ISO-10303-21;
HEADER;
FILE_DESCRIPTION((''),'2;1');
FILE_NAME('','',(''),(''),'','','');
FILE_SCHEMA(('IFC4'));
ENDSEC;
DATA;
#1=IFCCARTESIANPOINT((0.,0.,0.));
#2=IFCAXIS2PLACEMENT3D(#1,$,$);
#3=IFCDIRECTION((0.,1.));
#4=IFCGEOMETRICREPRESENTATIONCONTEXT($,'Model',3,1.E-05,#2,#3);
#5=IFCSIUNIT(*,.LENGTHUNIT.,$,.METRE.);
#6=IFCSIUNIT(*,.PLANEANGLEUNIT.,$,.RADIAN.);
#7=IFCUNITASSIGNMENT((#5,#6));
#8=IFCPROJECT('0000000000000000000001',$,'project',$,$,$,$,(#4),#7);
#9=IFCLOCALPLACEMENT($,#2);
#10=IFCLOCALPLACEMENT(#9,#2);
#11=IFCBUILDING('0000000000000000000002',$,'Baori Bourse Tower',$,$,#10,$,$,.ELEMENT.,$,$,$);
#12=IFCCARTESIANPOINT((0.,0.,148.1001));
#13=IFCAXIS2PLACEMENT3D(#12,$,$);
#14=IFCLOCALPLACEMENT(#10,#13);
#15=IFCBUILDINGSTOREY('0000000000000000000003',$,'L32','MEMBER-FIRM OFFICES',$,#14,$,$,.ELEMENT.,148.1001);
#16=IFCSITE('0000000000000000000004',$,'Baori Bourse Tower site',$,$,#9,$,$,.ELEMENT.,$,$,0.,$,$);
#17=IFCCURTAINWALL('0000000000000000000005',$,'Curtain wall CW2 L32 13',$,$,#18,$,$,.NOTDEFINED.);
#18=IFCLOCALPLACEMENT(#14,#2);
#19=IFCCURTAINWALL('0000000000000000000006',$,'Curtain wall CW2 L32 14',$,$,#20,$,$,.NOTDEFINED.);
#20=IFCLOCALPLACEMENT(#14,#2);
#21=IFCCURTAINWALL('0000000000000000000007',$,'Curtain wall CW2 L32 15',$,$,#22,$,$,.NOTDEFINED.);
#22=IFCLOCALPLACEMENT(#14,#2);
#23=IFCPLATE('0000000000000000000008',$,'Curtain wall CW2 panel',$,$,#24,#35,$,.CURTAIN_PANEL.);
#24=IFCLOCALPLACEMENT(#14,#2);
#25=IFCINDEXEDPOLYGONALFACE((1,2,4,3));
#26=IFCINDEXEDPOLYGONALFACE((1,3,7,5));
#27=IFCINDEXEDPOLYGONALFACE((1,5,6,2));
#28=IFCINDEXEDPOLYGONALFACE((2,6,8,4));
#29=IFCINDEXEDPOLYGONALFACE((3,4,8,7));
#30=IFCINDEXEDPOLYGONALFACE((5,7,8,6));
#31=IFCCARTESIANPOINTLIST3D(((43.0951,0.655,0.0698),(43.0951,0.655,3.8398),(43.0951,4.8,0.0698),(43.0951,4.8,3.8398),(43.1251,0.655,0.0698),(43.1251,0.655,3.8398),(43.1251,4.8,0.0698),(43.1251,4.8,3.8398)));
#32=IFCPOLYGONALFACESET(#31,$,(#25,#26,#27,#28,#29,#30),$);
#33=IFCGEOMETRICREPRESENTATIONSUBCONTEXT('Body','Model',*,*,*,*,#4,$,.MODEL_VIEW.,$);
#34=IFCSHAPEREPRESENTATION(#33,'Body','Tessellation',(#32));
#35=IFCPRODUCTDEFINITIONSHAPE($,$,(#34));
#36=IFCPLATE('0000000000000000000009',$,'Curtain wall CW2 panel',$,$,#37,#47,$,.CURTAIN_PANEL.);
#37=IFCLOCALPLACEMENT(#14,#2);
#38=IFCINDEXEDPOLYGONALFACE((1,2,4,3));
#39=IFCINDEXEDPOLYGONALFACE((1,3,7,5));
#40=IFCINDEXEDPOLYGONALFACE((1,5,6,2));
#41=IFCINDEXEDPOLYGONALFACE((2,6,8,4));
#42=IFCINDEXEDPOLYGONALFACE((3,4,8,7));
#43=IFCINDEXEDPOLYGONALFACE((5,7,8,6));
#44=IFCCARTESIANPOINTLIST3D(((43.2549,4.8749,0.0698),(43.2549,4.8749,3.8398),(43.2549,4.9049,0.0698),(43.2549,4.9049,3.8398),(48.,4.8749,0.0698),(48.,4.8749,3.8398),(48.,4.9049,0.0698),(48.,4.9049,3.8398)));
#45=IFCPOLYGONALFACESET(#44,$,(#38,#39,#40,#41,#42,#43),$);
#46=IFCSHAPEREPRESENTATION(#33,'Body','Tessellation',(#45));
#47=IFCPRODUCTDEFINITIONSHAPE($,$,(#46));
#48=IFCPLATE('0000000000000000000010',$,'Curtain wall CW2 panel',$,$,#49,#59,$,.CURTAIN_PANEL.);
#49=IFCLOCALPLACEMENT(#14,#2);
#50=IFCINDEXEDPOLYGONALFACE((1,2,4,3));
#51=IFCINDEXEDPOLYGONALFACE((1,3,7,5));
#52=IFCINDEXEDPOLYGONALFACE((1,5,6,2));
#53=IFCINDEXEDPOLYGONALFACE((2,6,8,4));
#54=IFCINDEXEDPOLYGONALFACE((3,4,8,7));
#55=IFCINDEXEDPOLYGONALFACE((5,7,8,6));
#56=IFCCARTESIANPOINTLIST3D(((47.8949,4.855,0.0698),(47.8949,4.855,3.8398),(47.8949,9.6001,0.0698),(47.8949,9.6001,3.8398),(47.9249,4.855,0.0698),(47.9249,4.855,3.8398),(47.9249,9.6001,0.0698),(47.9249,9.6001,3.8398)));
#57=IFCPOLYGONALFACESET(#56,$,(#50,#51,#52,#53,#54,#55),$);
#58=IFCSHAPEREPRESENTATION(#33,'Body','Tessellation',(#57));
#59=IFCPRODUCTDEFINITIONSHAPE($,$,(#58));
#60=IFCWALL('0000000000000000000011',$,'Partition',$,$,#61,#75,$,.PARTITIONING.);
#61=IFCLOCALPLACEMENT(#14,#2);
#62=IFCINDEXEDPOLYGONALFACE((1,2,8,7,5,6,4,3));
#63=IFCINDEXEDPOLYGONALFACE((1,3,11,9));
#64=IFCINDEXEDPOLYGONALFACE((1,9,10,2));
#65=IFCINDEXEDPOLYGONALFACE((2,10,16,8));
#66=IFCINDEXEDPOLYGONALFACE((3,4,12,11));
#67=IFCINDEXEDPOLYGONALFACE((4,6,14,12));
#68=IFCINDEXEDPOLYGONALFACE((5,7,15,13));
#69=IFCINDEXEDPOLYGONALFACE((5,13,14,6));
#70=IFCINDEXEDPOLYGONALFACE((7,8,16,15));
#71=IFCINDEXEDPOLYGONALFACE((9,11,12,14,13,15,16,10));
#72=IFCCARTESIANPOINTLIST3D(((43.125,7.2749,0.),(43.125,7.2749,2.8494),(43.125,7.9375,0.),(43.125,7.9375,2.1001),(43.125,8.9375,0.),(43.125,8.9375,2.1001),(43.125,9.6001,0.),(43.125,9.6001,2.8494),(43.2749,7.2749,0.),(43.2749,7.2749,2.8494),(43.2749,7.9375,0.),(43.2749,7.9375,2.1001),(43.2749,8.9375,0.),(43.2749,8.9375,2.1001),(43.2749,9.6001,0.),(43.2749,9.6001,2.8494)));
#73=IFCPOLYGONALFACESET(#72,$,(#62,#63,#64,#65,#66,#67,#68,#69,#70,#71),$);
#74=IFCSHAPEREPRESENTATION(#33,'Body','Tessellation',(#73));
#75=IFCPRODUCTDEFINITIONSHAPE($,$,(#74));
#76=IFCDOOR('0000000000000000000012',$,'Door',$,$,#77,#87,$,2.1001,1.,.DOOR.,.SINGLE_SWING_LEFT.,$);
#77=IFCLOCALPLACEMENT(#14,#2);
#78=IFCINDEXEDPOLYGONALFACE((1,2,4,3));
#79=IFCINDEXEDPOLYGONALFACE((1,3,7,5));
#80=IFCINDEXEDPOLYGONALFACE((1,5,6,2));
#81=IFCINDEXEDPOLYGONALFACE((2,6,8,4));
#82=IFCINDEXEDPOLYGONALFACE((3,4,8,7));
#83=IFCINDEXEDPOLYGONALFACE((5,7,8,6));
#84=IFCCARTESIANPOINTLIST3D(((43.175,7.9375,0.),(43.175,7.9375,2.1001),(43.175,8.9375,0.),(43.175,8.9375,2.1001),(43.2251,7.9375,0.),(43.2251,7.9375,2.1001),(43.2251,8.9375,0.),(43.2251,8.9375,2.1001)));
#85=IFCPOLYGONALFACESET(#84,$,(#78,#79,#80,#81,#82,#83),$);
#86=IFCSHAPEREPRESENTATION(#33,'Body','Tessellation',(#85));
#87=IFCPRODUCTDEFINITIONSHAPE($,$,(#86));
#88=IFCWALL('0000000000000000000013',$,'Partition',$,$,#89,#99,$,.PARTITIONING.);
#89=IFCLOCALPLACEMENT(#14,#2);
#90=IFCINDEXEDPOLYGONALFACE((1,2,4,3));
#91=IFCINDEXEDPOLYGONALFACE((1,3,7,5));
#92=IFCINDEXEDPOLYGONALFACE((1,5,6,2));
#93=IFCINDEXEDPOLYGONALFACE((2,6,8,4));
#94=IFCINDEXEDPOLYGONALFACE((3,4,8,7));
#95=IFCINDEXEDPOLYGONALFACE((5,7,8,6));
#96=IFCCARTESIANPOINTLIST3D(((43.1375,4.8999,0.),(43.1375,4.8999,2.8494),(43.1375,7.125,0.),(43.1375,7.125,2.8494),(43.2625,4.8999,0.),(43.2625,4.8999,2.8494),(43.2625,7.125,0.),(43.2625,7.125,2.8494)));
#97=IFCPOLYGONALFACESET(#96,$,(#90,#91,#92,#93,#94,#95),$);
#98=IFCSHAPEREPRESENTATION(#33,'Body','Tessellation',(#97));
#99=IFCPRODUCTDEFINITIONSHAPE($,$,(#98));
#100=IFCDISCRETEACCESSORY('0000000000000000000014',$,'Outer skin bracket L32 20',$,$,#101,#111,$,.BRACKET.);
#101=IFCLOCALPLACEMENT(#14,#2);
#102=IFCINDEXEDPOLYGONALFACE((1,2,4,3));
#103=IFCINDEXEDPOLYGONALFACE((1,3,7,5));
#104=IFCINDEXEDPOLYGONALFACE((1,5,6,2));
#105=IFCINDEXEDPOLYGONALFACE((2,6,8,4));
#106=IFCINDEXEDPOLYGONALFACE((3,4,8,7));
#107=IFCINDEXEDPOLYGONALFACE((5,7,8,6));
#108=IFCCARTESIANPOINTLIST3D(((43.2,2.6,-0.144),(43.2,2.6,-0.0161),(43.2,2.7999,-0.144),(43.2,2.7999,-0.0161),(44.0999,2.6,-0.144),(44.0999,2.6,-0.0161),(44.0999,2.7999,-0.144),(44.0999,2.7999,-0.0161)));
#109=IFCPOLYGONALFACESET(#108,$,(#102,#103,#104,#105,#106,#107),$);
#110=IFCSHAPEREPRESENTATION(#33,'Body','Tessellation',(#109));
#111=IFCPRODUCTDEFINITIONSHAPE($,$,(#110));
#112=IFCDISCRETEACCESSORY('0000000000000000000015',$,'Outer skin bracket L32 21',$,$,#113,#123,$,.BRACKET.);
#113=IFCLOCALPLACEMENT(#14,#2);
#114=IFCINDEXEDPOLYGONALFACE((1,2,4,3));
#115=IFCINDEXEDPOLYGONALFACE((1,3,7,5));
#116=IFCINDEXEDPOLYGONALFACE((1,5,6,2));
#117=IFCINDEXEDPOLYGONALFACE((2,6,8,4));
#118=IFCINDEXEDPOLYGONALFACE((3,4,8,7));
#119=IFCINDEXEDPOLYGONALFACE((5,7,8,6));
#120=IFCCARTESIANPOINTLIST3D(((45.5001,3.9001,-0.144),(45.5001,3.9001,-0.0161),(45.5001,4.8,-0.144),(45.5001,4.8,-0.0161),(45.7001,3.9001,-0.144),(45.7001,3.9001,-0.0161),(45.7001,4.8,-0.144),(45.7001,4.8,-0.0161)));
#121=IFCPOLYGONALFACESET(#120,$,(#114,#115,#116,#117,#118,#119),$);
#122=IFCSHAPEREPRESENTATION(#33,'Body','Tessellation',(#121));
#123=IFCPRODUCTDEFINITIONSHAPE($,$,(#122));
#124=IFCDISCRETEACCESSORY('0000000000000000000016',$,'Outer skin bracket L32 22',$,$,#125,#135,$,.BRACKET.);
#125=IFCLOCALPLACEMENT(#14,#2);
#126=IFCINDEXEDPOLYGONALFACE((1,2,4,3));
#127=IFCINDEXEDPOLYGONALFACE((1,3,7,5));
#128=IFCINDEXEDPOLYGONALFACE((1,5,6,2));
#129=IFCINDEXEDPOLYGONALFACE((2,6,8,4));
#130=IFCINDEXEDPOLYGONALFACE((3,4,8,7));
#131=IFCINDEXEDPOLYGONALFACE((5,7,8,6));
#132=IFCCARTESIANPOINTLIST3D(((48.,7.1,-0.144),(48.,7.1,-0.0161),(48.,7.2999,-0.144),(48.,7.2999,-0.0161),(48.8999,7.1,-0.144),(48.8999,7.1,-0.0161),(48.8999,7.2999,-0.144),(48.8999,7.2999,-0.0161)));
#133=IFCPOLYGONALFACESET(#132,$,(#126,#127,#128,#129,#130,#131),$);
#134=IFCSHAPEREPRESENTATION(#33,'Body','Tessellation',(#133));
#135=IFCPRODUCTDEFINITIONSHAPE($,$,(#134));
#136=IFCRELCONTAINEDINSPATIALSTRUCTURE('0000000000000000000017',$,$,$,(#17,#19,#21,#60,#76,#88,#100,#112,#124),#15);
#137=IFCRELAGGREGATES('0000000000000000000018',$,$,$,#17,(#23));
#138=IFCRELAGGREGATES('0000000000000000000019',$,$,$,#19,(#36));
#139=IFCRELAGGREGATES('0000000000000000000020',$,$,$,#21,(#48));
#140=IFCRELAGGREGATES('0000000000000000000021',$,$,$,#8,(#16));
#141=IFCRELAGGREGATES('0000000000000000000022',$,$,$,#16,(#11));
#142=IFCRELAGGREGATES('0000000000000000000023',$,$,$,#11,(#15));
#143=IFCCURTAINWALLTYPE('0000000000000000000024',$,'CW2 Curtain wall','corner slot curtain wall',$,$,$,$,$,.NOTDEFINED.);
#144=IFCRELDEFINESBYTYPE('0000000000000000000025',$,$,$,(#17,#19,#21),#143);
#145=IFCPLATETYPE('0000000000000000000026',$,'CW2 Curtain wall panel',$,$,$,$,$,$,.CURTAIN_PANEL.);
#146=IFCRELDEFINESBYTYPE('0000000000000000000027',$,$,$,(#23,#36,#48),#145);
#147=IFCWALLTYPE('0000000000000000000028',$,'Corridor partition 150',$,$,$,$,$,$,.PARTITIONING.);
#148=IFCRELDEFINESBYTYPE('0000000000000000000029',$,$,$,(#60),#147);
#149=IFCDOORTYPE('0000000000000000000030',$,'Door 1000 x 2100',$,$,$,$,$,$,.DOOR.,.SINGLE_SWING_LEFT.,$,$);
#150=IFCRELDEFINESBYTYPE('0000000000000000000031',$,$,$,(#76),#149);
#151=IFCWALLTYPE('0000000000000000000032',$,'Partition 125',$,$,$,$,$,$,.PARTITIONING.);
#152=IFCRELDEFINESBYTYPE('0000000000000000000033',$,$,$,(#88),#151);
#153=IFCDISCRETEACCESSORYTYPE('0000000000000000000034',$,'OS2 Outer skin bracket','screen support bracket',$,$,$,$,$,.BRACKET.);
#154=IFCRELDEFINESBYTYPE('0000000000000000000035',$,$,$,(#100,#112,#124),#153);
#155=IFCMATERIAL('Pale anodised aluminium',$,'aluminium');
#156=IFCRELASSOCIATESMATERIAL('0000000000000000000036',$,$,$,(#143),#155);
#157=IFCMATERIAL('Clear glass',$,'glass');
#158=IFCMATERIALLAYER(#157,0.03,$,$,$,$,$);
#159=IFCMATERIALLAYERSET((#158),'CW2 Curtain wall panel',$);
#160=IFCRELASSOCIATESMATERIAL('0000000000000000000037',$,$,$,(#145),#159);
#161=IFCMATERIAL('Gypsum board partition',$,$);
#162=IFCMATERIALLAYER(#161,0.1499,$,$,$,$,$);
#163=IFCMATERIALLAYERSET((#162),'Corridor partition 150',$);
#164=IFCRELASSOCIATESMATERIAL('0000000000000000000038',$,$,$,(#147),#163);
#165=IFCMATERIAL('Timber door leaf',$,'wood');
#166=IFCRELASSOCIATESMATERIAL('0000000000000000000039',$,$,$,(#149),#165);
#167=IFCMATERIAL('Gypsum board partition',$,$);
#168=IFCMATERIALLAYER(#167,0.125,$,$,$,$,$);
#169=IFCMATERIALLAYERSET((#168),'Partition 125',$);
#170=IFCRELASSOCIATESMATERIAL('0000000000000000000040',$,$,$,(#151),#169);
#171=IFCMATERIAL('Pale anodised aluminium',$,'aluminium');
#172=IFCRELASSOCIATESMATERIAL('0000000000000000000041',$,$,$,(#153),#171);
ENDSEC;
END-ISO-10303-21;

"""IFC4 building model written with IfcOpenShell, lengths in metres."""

from ifc_helpers import new_model, si_unit, direction, frame, frame_2d, origin, origin_2d, place, context, subcontext, project, spatial, rectangle, extrude, material, layer, layer_set, type_object, element, fill, aggregate, save


model = new_model("IFC4")

# Units and contexts
model_context = context("Model", 3, precision=1e-05, world=origin(), true_north=direction((0.0, 1.0)))
body_context = subcontext(model_context, "Body", "Model", "MODEL_VIEW")
ifc_project = project(units=[si_unit("LENGTHUNIT", "METRE"), si_unit("PLANEANGLEUNIT", "RADIAN")], contexts=[model_context])

# Site, building, storey
site_placement = place(None, origin())
site = spatial("IfcSite", under=ifc_project, at=site_placement, Name="Baori Bourse Tower site", CompositionType="ELEMENT", RefElevation=0.0)
building_placement = place(site_placement, origin())
building = spatial("IfcBuilding", under=site, at=building_placement, Name="Baori Bourse Tower", CompositionType="ELEMENT")
storey_placement = place(building_placement, frame((0.0, 0.0, 148.1001)))
storey = spatial("IfcBuildingStorey", under=building, at=storey_placement, Name="L32", Description="MEMBER-FIRM OFFICES", CompositionType="ELEMENT", Elevation=148.1001)

# Curtain walls
ifc_material_1 = material(Name="Pale anodised aluminium", Category="aluminium")
curtain_wall_type = type_object("IfcCurtainWallType", Name="CW2 Curtain wall", Description="corner slot curtain wall", PredefinedType="NOTDEFINED", material=ifc_material_1)
curtain_wall_1_placement = place(storey_placement, origin())
curtain_wall_1 = element("IfcCurtainWall", 1, at=curtain_wall_1_placement, inside=storey, type_object=curtain_wall_type, Name="Curtain wall CW2 L32 13", PredefinedType="NOTDEFINED")
curtain_wall_2_placement = place(storey_placement, origin())
curtain_wall_2 = element("IfcCurtainWall", 2, at=curtain_wall_2_placement, inside=storey, type_object=curtain_wall_type, Name="Curtain wall CW2 L32 14", PredefinedType="NOTDEFINED")
curtain_wall_3_placement = place(storey_placement, origin())
curtain_wall_3 = element("IfcCurtainWall", 3, at=curtain_wall_3_placement, inside=storey, type_object=curtain_wall_type, Name="Curtain wall CW2 L32 15", PredefinedType="NOTDEFINED")

# Plates
ifc_material_2 = material(Name="Clear glass", Category="glass")
ifc_layer_1 = layer(ifc_material_2, 0.03)
ifc_layer_set_1 = layer_set([ifc_layer_1], Name="CW2 Curtain wall panel")
plate_type = type_object("IfcPlateType", Name="CW2 Curtain wall panel", PredefinedType="CURTAIN_PANEL", material=ifc_layer_set_1)
plate_1_placement = place(storey_placement, frame((43.1101, 2.7275, 0.0698), z_axis=(0.0, 0.0, 1.0), x_axis=(0.0, 1.0, 0.0)))
plate_1 = element("IfcPlate", 4, at=plate_1_placement, type_object=plate_type, Name="Curtain wall CW2 panel", PredefinedType="CURTAIN_PANEL", context=body_context, shape_type="SweptSolid", body=[
    extrude(rectangle(XDim=4.145, YDim=0.03, at=origin_2d()), origin(), (0.0, 0.0, 1.0), 3.77),
])
aggregate(curtain_wall_1, [plate_1])
plate_2_placement = place(storey_placement, frame((45.6274, 4.8899, 0.0698), z_axis=(0.0, 0.0, 1.0), x_axis=(1.0, 0.0, 0.0)))
plate_2 = element("IfcPlate", 5, at=plate_2_placement, type_object=plate_type, Name="Curtain wall CW2 panel", PredefinedType="CURTAIN_PANEL", context=body_context, shape_type="SweptSolid", body=[
    extrude(rectangle(XDim=4.7451, YDim=0.03, at=origin_2d()), origin(), (0.0, 0.0, 1.0), 3.77),
])
aggregate(curtain_wall_2, [plate_2])
plate_3_placement = place(storey_placement, frame((47.9099, 7.2275, 0.0698), z_axis=(0.0, 0.0, 1.0), x_axis=(0.0, 1.0, 0.0)))
plate_3 = element("IfcPlate", 6, at=plate_3_placement, type_object=plate_type, Name="Curtain wall CW2 panel", PredefinedType="CURTAIN_PANEL", context=body_context, shape_type="SweptSolid", body=[
    extrude(rectangle(XDim=4.7451, YDim=0.03, at=origin_2d()), origin(), (0.0, 0.0, 1.0), 3.77),
])
aggregate(curtain_wall_3, [plate_3])

# Wall, opening, door
ifc_material_3 = material(Name="Gypsum board partition")
ifc_layer_2 = layer(ifc_material_3, 0.1499)
ifc_layer_set_2 = layer_set([ifc_layer_2], Name="Corridor partition 150")
wall_type_1 = type_object("IfcWallType", Name="Corridor partition 150", PredefinedType="PARTITIONING", material=ifc_layer_set_2)
wall_1_placement = place(storey_placement, frame((43.2, 7.2749, 0.0), z_axis=(0.0, 0.0, 1.0), x_axis=(0.0, 1.0, 0.0)))
wall_1 = element("IfcWall", 7, at=wall_1_placement, inside=storey, type_object=wall_type_1, Name="Partition", PredefinedType="PARTITIONING", context=body_context, shape_type="SweptSolid", body=[
    extrude(rectangle(XDim=2.3252, YDim=0.1499, at=frame_2d((1.1626, 0.0))), origin(), (0.0, 0.0, 1.0), 2.8494),
])
opening_placement = place(wall_1_placement, frame((0.6626, 0.0, 0.0)))
opening = element("IfcOpeningElement", 8, at=opening_placement, cuts=wall_1, PredefinedType="OPENING", context=body_context, shape_type="SweptSolid", body=[
    extrude(rectangle(XDim=1.0, YDim=2.1001, at=frame_2d((0.5, 1.05))), frame((0.0, 0.085, 0.0), z_axis=(0.0, -1.0, 0.0), x_axis=(1.0, 0.0, 0.0)), (0.0, 0.0, 1.0), 0.1699),
])
ifc_material_4 = material(Name="Timber door leaf", Category="wood")
door_type = type_object("IfcDoorType", Name="Door 1000 x 2100", OperationType="SINGLE_SWING_LEFT", PredefinedType="DOOR", material=ifc_material_4)
door_placement = place(opening_placement, origin())
door = element("IfcDoor", 9, at=door_placement, inside=storey, type_object=door_type, Name="Door", OperationType="SINGLE_SWING_LEFT", OverallHeight=2.1001, OverallWidth=1.0, PredefinedType="DOOR", context=body_context, shape_type="SweptSolid", body=[
    extrude(rectangle(XDim=1.0, YDim=2.1001, at=frame_2d((0.5, 1.05))), frame((0.0, 0.0249, 0.0), z_axis=(0.0, -1.0, 0.0), x_axis=(1.0, 0.0, 0.0)), (0.0, 0.0, 1.0), 0.05),
])
fill(opening, door)

# Wall
ifc_material_5 = material(Name="Gypsum board partition")
ifc_layer_3 = layer(ifc_material_5, 0.125)
ifc_layer_set_3 = layer_set([ifc_layer_3], Name="Partition 125")
wall_type_2 = type_object("IfcWallType", Name="Partition 125", PredefinedType="PARTITIONING", material=ifc_layer_set_3)
wall_2_placement = place(storey_placement, frame((43.2, 4.8999, 0.0), z_axis=(0.0, 0.0, 1.0), x_axis=(0.0, 1.0, 0.0)))
element("IfcWall", 10, at=wall_2_placement, inside=storey, type_object=wall_type_2, Name="Partition", PredefinedType="PARTITIONING", context=body_context, shape_type="SweptSolid", body=[
    extrude(rectangle(XDim=2.2251, YDim=0.125, at=frame_2d((1.1125, 0.0))), origin(), (0.0, 0.0, 1.0), 2.8494),
])

# Discrete accessories
ifc_material_6 = material(Name="Pale anodised aluminium", Category="aluminium")
discrete_accessory_type = type_object("IfcDiscreteAccessoryType", Name="OS2 Outer skin bracket", Description="screen support bracket", PredefinedType="BRACKET", material=ifc_material_6)
for number, where, z_axis, x_axis, name in (
    (11, (43.6499, 2.7, -0.144), (0.0, 0.0, 1.0), (0.0, 1.0, 0.0), "Outer skin bracket L32 20"),
    (12, (45.6001, 4.3501, -0.144), (0.0, 0.0, 1.0), (1.0, 0.0, 0.0), "Outer skin bracket L32 21"),
    (13, (48.45, 7.2, -0.144), (0.0, 0.0, 1.0), (0.0, 1.0, 0.0), "Outer skin bracket L32 22"),
):
    element("IfcDiscreteAccessory", number, at=place(storey_placement, frame(where, z_axis=z_axis, x_axis=x_axis)), inside=storey, type_object=discrete_accessory_type, Name=name, PredefinedType="BRACKET", context=body_context, shape_type="SweptSolid", body=[
        extrude(rectangle(XDim=0.2, YDim=0.8999, at=origin_2d()), origin(), (0.0, 0.0, 1.0), 0.1279),
    ])

save(model, "model.ifc")
